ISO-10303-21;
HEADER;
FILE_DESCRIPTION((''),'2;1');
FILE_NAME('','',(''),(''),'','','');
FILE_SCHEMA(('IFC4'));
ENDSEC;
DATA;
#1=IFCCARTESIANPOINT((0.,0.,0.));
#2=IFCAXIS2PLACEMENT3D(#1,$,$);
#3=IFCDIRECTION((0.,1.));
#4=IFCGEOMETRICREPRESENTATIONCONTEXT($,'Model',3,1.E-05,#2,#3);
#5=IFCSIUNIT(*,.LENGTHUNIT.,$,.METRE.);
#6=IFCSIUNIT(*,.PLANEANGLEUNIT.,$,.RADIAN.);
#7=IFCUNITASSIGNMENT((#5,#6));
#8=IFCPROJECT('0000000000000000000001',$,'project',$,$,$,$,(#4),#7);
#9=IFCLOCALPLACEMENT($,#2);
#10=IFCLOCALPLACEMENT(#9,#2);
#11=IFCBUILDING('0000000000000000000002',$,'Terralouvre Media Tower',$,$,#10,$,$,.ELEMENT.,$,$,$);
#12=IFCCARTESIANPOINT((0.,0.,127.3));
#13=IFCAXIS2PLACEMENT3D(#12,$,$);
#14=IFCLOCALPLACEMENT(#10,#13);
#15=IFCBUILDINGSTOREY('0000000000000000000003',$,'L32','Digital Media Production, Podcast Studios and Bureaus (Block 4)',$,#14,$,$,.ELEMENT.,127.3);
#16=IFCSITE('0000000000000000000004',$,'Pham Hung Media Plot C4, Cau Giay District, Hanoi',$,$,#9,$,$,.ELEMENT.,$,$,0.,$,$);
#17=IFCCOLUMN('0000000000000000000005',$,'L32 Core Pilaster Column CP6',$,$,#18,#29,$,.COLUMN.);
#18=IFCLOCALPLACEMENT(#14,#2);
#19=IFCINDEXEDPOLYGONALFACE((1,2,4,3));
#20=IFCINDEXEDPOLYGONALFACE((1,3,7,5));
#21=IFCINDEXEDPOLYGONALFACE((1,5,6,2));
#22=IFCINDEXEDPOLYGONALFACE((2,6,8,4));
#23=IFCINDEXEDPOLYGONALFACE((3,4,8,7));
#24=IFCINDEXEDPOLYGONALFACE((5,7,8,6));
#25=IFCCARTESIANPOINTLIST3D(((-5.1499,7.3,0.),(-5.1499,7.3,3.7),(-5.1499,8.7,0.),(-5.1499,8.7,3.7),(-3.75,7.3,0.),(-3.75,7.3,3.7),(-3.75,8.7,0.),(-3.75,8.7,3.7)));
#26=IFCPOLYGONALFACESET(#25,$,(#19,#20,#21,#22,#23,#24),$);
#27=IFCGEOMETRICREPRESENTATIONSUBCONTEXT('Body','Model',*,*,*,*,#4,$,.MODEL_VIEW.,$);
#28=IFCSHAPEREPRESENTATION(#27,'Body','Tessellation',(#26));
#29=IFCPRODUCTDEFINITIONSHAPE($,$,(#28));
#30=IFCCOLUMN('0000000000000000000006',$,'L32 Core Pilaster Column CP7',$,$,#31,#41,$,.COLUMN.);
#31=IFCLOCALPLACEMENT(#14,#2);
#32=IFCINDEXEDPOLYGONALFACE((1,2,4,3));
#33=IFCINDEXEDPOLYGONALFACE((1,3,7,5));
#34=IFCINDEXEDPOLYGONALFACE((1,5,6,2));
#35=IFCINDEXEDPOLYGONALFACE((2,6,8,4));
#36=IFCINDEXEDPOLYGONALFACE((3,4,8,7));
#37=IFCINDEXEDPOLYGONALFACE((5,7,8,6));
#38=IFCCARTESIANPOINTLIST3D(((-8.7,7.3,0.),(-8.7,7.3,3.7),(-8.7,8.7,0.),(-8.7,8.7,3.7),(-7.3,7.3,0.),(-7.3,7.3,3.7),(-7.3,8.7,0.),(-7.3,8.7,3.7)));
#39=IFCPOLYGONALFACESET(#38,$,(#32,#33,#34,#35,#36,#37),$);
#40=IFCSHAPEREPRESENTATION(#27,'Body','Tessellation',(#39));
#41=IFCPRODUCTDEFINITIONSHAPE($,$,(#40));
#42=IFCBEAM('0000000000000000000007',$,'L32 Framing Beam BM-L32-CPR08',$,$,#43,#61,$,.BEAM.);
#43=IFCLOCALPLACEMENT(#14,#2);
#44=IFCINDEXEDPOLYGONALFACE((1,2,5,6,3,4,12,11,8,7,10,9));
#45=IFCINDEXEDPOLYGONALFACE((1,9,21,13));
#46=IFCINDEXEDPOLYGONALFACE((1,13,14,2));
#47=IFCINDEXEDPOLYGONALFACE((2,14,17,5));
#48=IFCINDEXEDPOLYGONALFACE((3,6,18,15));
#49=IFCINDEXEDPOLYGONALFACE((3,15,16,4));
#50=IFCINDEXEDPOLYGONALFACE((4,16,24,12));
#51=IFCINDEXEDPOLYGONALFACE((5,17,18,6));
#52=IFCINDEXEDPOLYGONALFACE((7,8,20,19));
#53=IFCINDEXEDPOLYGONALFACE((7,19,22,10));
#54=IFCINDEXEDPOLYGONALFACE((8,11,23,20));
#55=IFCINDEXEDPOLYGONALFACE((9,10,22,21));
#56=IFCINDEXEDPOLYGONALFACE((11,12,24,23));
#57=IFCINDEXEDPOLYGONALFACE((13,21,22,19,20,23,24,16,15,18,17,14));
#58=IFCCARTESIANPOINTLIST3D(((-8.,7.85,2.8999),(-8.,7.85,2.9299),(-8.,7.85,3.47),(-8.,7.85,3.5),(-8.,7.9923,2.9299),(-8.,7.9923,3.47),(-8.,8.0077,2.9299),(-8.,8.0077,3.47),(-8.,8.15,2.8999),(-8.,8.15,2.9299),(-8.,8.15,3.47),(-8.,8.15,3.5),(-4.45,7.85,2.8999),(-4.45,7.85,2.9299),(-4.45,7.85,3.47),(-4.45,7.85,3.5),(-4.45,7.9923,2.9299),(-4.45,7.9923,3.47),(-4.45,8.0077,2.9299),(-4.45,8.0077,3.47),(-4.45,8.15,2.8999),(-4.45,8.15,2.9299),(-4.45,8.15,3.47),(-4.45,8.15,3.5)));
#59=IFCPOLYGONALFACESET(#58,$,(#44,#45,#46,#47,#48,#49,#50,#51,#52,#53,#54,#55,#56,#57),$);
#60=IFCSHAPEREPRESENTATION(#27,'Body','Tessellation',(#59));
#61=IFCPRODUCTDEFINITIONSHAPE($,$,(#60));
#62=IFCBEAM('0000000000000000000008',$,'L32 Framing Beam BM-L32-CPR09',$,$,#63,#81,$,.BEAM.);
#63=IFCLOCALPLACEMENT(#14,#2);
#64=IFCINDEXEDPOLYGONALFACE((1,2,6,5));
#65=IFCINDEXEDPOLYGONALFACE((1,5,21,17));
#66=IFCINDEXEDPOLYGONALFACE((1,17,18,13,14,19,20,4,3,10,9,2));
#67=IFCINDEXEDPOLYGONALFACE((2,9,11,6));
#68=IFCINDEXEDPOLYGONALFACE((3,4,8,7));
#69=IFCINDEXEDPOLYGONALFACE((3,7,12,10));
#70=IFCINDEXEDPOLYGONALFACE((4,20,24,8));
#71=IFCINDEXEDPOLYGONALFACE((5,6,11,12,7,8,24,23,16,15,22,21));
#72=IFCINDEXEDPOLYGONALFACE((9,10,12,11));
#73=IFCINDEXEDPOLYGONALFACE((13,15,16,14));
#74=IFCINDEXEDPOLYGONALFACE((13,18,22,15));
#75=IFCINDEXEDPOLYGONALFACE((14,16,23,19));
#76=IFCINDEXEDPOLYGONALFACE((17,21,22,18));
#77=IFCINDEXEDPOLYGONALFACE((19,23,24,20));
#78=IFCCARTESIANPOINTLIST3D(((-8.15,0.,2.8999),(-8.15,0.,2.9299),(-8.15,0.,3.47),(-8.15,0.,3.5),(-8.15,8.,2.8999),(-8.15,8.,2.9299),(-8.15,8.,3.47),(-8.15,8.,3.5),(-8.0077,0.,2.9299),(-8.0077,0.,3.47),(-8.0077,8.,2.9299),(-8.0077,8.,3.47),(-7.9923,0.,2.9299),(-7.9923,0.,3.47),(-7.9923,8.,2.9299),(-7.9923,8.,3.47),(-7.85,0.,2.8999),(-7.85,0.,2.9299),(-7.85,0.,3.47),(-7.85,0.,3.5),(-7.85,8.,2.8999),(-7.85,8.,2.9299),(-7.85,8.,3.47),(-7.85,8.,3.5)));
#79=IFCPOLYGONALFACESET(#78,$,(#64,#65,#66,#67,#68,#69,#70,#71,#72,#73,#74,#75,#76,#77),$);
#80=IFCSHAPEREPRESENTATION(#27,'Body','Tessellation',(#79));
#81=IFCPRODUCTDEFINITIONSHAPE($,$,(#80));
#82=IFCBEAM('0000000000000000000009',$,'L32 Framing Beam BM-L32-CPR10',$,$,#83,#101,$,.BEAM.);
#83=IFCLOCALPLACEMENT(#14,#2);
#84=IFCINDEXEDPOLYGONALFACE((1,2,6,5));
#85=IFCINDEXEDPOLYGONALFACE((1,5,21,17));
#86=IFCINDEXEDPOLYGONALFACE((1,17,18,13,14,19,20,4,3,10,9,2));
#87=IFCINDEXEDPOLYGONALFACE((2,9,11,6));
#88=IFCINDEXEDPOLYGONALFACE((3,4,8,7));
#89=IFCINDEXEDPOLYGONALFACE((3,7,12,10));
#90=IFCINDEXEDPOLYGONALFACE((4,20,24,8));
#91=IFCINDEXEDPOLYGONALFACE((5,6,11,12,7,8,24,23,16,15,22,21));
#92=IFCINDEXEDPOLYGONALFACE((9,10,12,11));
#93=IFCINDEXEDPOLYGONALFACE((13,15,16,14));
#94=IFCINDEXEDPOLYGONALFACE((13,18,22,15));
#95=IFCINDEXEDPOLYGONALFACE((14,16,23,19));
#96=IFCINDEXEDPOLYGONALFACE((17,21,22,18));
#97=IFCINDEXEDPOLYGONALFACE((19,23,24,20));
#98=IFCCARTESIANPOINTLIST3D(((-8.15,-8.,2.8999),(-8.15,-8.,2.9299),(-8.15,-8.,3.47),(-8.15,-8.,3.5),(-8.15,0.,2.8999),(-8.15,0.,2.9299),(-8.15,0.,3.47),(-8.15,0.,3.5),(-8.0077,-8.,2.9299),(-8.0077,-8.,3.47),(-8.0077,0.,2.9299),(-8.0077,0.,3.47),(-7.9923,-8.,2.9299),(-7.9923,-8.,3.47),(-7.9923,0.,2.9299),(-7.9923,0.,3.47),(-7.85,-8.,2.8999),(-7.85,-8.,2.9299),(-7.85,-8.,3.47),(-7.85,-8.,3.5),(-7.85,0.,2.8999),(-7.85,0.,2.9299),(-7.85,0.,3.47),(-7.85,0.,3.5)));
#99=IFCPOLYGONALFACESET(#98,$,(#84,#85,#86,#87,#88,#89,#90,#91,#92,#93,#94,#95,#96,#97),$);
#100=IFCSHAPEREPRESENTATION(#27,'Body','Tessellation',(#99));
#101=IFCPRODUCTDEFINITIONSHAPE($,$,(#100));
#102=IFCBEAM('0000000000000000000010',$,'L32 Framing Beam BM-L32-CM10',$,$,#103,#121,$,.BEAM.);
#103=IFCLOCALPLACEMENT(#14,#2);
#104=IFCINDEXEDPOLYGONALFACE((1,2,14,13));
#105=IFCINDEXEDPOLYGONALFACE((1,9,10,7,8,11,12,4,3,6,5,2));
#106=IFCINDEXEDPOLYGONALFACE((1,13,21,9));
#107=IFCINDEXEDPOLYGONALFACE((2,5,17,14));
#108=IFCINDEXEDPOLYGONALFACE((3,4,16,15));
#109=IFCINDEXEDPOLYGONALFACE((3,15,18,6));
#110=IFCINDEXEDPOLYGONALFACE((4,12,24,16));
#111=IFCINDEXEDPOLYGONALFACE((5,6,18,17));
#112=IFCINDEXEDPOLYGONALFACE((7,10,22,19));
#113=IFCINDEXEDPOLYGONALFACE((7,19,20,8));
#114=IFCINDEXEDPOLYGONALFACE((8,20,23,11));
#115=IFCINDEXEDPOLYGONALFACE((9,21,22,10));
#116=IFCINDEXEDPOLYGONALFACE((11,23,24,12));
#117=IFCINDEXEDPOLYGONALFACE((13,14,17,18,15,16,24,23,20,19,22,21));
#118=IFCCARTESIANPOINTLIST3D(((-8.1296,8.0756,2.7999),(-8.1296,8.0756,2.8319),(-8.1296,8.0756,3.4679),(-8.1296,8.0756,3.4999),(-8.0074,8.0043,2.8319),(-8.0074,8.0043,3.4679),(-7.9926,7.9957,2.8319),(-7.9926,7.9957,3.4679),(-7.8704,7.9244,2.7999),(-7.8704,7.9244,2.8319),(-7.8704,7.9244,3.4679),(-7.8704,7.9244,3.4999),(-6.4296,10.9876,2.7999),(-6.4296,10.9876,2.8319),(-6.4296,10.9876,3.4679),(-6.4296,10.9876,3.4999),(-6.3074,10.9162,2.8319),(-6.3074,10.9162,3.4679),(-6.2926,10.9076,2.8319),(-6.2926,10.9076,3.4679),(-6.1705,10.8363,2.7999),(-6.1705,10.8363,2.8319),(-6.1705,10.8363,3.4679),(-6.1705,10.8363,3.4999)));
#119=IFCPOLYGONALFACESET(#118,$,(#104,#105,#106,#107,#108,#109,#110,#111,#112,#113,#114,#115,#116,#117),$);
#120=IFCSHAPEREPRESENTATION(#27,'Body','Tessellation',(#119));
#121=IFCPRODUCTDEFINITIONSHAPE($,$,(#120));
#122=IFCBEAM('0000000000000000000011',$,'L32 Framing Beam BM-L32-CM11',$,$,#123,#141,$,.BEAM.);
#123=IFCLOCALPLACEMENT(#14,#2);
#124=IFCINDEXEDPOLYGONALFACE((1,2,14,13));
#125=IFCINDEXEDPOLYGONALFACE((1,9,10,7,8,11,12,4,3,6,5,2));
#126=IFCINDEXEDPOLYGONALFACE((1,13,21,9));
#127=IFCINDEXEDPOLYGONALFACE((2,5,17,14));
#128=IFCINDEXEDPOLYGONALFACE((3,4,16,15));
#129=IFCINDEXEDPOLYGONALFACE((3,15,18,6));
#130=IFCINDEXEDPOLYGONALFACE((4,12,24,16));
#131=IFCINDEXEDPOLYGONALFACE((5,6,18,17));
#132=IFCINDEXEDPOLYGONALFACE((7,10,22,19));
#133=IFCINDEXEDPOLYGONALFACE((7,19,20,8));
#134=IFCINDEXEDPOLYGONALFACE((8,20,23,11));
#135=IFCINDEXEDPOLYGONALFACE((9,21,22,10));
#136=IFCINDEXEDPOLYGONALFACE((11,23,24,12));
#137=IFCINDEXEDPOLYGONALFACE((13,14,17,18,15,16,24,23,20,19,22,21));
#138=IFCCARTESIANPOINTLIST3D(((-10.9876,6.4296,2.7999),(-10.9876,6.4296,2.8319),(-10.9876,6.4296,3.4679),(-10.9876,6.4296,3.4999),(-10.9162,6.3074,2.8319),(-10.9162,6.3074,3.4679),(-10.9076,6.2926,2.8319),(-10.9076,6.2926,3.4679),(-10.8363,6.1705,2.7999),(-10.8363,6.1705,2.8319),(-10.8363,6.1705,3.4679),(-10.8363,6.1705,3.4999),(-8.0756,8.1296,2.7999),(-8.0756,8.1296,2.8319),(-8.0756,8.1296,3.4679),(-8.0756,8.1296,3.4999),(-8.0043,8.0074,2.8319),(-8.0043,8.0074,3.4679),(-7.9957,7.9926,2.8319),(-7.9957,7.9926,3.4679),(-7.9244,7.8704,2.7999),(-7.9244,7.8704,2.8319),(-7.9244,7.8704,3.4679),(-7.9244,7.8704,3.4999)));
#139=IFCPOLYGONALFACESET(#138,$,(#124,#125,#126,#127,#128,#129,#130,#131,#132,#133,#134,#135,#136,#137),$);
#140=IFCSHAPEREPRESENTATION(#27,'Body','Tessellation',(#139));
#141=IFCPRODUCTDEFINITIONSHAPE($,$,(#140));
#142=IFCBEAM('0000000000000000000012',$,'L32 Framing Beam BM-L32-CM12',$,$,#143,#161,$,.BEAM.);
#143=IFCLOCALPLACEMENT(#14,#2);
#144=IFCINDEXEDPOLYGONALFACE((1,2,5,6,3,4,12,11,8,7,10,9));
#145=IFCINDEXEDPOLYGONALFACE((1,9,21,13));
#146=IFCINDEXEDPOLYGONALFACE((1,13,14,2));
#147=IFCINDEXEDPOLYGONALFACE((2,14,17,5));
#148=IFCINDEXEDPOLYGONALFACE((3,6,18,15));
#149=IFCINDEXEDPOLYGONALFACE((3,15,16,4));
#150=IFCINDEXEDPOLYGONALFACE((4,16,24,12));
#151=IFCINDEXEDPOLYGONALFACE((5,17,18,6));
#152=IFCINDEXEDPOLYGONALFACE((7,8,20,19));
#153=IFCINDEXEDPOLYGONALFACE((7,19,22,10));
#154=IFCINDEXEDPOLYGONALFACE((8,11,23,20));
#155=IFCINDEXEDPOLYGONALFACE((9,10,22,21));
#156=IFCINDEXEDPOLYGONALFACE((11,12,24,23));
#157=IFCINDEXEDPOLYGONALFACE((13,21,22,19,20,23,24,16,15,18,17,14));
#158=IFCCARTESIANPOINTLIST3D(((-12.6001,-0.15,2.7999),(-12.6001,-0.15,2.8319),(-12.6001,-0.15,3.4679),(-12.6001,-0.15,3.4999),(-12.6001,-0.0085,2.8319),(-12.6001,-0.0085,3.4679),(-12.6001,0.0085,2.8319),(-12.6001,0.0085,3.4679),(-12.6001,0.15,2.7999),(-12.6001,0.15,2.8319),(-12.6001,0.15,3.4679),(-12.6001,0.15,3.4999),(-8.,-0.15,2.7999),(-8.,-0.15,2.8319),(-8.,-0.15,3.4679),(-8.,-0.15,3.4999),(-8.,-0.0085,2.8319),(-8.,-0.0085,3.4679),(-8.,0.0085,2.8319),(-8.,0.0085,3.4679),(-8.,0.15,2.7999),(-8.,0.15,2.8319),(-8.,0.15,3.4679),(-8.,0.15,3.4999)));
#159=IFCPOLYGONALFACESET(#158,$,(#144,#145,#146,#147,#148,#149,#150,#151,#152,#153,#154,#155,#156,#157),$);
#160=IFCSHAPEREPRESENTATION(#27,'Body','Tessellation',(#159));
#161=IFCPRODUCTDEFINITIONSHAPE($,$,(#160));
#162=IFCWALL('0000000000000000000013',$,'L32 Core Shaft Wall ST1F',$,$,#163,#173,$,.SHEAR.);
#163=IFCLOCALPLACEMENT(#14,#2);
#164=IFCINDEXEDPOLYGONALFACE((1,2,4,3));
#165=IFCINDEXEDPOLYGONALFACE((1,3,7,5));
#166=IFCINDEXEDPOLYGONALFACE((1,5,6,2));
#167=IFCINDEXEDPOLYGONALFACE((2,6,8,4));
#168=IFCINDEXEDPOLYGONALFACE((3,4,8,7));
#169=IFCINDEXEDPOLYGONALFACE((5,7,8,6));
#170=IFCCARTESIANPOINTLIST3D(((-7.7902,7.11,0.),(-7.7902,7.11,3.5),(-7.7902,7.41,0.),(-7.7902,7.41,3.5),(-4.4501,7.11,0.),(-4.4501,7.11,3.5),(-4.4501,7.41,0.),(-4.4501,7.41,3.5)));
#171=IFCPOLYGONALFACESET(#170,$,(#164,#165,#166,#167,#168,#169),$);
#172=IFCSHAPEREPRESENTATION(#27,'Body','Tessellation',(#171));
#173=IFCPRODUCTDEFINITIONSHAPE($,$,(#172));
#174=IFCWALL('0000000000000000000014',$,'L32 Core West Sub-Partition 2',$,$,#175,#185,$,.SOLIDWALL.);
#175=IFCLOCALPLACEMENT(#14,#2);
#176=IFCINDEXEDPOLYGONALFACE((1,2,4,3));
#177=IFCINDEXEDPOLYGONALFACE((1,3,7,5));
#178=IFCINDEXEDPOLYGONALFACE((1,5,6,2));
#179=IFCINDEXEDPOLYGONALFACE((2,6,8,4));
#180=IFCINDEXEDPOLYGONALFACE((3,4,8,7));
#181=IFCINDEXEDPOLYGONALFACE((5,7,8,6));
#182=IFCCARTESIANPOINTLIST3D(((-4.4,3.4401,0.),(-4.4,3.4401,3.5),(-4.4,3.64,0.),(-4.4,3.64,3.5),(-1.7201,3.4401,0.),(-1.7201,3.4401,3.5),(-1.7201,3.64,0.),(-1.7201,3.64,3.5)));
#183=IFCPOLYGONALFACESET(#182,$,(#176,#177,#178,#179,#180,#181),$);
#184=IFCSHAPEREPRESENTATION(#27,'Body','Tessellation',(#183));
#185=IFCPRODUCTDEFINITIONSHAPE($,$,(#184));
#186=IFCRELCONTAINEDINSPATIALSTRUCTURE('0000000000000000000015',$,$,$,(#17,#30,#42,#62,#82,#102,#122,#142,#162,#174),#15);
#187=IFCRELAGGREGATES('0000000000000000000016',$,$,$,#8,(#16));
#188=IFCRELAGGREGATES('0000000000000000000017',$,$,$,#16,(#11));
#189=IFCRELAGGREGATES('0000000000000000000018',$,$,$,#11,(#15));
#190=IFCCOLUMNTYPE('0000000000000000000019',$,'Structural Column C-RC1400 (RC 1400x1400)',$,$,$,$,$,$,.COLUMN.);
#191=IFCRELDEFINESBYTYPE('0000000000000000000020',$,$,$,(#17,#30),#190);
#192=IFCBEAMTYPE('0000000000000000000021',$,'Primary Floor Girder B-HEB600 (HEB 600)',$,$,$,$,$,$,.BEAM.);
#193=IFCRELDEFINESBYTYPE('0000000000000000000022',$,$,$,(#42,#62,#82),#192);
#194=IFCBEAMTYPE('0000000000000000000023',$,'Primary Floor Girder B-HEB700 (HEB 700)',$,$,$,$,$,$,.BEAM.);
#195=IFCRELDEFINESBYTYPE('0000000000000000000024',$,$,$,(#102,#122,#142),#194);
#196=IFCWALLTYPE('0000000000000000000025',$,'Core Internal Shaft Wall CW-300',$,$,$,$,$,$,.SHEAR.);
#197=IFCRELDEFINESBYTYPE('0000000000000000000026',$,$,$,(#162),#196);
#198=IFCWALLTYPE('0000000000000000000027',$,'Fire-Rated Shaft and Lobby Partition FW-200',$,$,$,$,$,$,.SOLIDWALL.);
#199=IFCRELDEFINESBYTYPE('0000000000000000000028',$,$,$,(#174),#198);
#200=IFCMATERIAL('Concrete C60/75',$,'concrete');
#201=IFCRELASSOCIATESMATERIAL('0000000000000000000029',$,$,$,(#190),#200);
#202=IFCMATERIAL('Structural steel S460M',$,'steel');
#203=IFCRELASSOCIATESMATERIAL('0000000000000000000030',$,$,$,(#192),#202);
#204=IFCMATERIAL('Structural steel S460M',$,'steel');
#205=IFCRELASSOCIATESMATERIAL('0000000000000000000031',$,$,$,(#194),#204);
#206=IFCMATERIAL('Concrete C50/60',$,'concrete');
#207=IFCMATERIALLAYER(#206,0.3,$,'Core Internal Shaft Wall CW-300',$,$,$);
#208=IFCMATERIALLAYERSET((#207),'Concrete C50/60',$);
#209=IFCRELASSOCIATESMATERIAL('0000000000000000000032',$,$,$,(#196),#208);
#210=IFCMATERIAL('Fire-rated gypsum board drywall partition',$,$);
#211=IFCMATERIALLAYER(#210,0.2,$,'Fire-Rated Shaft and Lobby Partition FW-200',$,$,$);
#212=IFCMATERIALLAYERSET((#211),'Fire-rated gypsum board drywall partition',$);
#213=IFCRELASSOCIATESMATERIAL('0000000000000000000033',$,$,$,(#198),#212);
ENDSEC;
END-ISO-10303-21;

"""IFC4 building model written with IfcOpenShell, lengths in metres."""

from ifc_helpers import new_model, si_unit, direction, frame, frame_2d, origin, origin_2d, place, context, subcontext, project, spatial, rectangle, i_section, extrude, material, layer, layer_set, material_profile, profile_set, type_object, element, save


model = new_model("IFC4")

# Units and contexts
model_context = context("Model", 3, precision=1e-05, world=origin(), true_north=direction((0.0, 1.0)))
body_context = subcontext(model_context, "Body", "Model", "MODEL_VIEW")
ifc_project = project(units=[si_unit("LENGTHUNIT", "METRE"), si_unit("PLANEANGLEUNIT", "RADIAN")], contexts=[model_context])

# Site, building, storey
site_placement = place(None, origin())
site = spatial("IfcSite", under=ifc_project, at=site_placement, Name="Pham Hung Media Plot C4, Cau Giay District, Hanoi", CompositionType="ELEMENT", RefElevation=0.0)
building_placement = place(site_placement, origin())
building = spatial("IfcBuilding", under=site, at=building_placement, Name="Terralouvre Media Tower", CompositionType="ELEMENT")
storey_placement = place(building_placement, frame((0.0, 0.0, 127.3)))
storey = spatial("IfcBuildingStorey", under=building, at=storey_placement, Name="L32", Description="Digital Media Production, Podcast Studios and Bureaus (Block 4)", CompositionType="ELEMENT", Elevation=127.3)

# Columns
ifc_material_1 = material(Name="Concrete C60/75", Category="concrete")
ifc_material_profile_1 = material_profile(ifc_material_1, rectangle(XDim=1.3999, YDim=1.3999, at=origin_2d()), Name="RC 1400x1400")
ifc_profile_set_1 = profile_set([ifc_material_profile_1], Name="Concrete C60/75")
column_type = type_object("IfcColumnType", Name="Structural Column C-RC1400 (RC 1400x1400)", PredefinedType="COLUMN", material=ifc_profile_set_1)
for number, where, z_axis, x_axis, name in (
    (1, (-4.45, 8.0, 0.0), (0.0, 0.0, 1.0), (1.0, 0.0, 0.0), "L32 Core Pilaster Column CP6"),
    (2, (-8.0, 8.0, 0.0), (0.0, 0.0, 1.0), (1.0, 0.0, 0.0), "L32 Core Pilaster Column CP7"),
):
    element("IfcColumn", number, at=place(storey_placement, frame(where, z_axis=z_axis, x_axis=x_axis)), inside=storey, type_object=column_type, Name=name, PredefinedType="COLUMN", context=body_context, shape_type="SweptSolid", body=[
        extrude(rectangle(XDim=1.3999, YDim=1.3999, at=origin_2d()), origin(), (0.0, 0.0, 1.0), 3.7),
    ])

# Beams
ifc_material_2 = material(Name="Structural steel S460M", Category="steel")
ifc_material_profile_2 = material_profile(ifc_material_2, i_section(OverallWidth=0.3, OverallDepth=0.6001, WebThickness=0.0154, FlangeThickness=0.03, at=origin_2d()), Name="HEB 600")
ifc_profile_set_2 = profile_set([ifc_material_profile_2], Name="Structural steel S460M")
beam_type_1 = type_object("IfcBeamType", Name="Primary Floor Girder B-HEB600 (HEB 600)", PredefinedType="BEAM", material=ifc_profile_set_2)
beam_1_placement = place(storey_placement, frame((-4.45, 8.0, 3.2), z_axis=(-1.0, 0.0, 0.0), x_axis=(0.0, -1.0, 0.0)))
element("IfcBeam", 3, at=beam_1_placement, inside=storey, type_object=beam_type_1, Name="L32 Framing Beam BM-L32-CPR08", PredefinedType="BEAM", context=body_context, shape_type="SweptSolid", body=[
    extrude(i_section(OverallWidth=0.3, OverallDepth=0.6001, WebThickness=0.0154, FlangeThickness=0.03, at=origin_2d()), origin(), (0.0, 0.0, 1.0), 3.55),
])
for number, where, z_axis, x_axis, name in (
    (4, (-8.0, 8.0, 3.2), (0.0, -1.0, 0.0), (1.0, 0.0, 0.0), "L32 Framing Beam BM-L32-CPR09"),
    (5, (-8.0, 0.0, 3.2), (0.0, -1.0, 0.0), (1.0, 0.0, 0.0), "L32 Framing Beam BM-L32-CPR10"),
):
    element("IfcBeam", number, at=place(storey_placement, frame(where, z_axis=z_axis, x_axis=x_axis)), inside=storey, type_object=beam_type_1, Name=name, PredefinedType="BEAM", context=body_context, shape_type="SweptSolid", body=[
        extrude(i_section(OverallWidth=0.3, OverallDepth=0.6001, WebThickness=0.0154, FlangeThickness=0.03, at=origin_2d()), origin(), (0.0, 0.0, 1.0), 8.0),
    ])
ifc_material_3 = material(Name="Structural steel S460M", Category="steel")
ifc_material_profile_3 = material_profile(ifc_material_3, i_section(OverallWidth=0.3, OverallDepth=0.7, WebThickness=0.0171, FlangeThickness=0.032, at=origin_2d()), Name="HEB 700")
ifc_profile_set_3 = profile_set([ifc_material_profile_3], Name="Structural steel S460M")
beam_type_2 = type_object("IfcBeamType", Name="Primary Floor Girder B-HEB700 (HEB 700)", PredefinedType="BEAM", material=ifc_profile_set_3)
for number, where, z_axis, x_axis, name in (
    (6, (-8.0, 8.0, 3.1499), (0.504173, 0.863603, 0.0), (-0.863603, 0.504173, 0.0), "L32 Framing Beam BM-L32-CM10"),
    (7, (-8.0, 8.0, 3.1499), (-0.863603, -0.504173, 0.0), (0.504173, -0.863603, 0.0), "L32 Framing Beam BM-L32-CM11"),
):
    element("IfcBeam", number, at=place(storey_placement, frame(where, z_axis=z_axis, x_axis=x_axis)), inside=storey, type_object=beam_type_2, Name=name, PredefinedType="BEAM", context=body_context, shape_type="SweptSolid", body=[
        extrude(i_section(OverallWidth=0.3, OverallDepth=0.7, WebThickness=0.0171, FlangeThickness=0.032, at=origin_2d()), origin(), (0.0, 0.0, 1.0), 3.3718),
    ])
beam_2_placement = place(storey_placement, frame((-8.0, 0.0, 3.1499), z_axis=(-1.0, 0.0, 0.0), x_axis=(0.0, -1.0, 0.0)))
element("IfcBeam", 8, at=beam_2_placement, inside=storey, type_object=beam_type_2, Name="L32 Framing Beam BM-L32-CM12", PredefinedType="BEAM", context=body_context, shape_type="SweptSolid", body=[
    extrude(i_section(OverallWidth=0.3, OverallDepth=0.7, WebThickness=0.0171, FlangeThickness=0.032, at=origin_2d()), origin(), (0.0, 0.0, 1.0), 4.6001),
])

# Shared definitions
ifc_material_4 = material(Name="Concrete C50/60", Category="concrete")
ifc_layer_1 = layer(ifc_material_4, 0.3, Name="Core Internal Shaft Wall CW-300")
ifc_layer_set_1 = layer_set([ifc_layer_1], Name="Concrete C50/60")
wall_type_1 = type_object("IfcWallType", Name="Core Internal Shaft Wall CW-300", PredefinedType="SHEAR", material=ifc_layer_set_1)

# Wall
wall_1_placement = place(storey_placement, frame((-7.79, 7.26, 0.0), z_axis=(0.0, 0.0, 1.0), x_axis=(1.0, 0.0, 0.0)))
element("IfcWall", 9, at=wall_1_placement, inside=storey, type_object=wall_type_1, Name="L32 Core Shaft Wall ST1F", PredefinedType="SHEAR", context=body_context, shape_type="SweptSolid", body=[
    extrude(rectangle(XDim=3.3401, YDim=0.3, at=frame_2d((1.6699, 0.0))), origin(), (0.0, 0.0, 1.0), 3.5),
])

# Wall
ifc_material_5 = material(Name="Fire-rated gypsum board drywall partition")
ifc_layer_2 = layer(ifc_material_5, 0.2, Name="Fire-Rated Shaft and Lobby Partition FW-200")
ifc_layer_set_2 = layer_set([ifc_layer_2], Name="Fire-rated gypsum board drywall partition")
wall_type_2 = type_object("IfcWallType", Name="Fire-Rated Shaft and Lobby Partition FW-200", PredefinedType="SOLIDWALL", material=ifc_layer_set_2)
wall_2_placement = place(storey_placement, frame((-4.3999, 3.54, 0.0), z_axis=(0.0, 0.0, 1.0), x_axis=(1.0, 0.0, 0.0)))
element("IfcWall", 10, at=wall_2_placement, inside=storey, type_object=wall_type_2, Name="L32 Core West Sub-Partition 2", PredefinedType="SOLIDWALL", context=body_context, shape_type="SweptSolid", body=[
    extrude(rectangle(XDim=2.6799, YDim=0.2, at=frame_2d((1.3398, 0.0))), origin(), (0.0, 0.0, 1.0), 3.5),
])

save(model, "model.ifc")
